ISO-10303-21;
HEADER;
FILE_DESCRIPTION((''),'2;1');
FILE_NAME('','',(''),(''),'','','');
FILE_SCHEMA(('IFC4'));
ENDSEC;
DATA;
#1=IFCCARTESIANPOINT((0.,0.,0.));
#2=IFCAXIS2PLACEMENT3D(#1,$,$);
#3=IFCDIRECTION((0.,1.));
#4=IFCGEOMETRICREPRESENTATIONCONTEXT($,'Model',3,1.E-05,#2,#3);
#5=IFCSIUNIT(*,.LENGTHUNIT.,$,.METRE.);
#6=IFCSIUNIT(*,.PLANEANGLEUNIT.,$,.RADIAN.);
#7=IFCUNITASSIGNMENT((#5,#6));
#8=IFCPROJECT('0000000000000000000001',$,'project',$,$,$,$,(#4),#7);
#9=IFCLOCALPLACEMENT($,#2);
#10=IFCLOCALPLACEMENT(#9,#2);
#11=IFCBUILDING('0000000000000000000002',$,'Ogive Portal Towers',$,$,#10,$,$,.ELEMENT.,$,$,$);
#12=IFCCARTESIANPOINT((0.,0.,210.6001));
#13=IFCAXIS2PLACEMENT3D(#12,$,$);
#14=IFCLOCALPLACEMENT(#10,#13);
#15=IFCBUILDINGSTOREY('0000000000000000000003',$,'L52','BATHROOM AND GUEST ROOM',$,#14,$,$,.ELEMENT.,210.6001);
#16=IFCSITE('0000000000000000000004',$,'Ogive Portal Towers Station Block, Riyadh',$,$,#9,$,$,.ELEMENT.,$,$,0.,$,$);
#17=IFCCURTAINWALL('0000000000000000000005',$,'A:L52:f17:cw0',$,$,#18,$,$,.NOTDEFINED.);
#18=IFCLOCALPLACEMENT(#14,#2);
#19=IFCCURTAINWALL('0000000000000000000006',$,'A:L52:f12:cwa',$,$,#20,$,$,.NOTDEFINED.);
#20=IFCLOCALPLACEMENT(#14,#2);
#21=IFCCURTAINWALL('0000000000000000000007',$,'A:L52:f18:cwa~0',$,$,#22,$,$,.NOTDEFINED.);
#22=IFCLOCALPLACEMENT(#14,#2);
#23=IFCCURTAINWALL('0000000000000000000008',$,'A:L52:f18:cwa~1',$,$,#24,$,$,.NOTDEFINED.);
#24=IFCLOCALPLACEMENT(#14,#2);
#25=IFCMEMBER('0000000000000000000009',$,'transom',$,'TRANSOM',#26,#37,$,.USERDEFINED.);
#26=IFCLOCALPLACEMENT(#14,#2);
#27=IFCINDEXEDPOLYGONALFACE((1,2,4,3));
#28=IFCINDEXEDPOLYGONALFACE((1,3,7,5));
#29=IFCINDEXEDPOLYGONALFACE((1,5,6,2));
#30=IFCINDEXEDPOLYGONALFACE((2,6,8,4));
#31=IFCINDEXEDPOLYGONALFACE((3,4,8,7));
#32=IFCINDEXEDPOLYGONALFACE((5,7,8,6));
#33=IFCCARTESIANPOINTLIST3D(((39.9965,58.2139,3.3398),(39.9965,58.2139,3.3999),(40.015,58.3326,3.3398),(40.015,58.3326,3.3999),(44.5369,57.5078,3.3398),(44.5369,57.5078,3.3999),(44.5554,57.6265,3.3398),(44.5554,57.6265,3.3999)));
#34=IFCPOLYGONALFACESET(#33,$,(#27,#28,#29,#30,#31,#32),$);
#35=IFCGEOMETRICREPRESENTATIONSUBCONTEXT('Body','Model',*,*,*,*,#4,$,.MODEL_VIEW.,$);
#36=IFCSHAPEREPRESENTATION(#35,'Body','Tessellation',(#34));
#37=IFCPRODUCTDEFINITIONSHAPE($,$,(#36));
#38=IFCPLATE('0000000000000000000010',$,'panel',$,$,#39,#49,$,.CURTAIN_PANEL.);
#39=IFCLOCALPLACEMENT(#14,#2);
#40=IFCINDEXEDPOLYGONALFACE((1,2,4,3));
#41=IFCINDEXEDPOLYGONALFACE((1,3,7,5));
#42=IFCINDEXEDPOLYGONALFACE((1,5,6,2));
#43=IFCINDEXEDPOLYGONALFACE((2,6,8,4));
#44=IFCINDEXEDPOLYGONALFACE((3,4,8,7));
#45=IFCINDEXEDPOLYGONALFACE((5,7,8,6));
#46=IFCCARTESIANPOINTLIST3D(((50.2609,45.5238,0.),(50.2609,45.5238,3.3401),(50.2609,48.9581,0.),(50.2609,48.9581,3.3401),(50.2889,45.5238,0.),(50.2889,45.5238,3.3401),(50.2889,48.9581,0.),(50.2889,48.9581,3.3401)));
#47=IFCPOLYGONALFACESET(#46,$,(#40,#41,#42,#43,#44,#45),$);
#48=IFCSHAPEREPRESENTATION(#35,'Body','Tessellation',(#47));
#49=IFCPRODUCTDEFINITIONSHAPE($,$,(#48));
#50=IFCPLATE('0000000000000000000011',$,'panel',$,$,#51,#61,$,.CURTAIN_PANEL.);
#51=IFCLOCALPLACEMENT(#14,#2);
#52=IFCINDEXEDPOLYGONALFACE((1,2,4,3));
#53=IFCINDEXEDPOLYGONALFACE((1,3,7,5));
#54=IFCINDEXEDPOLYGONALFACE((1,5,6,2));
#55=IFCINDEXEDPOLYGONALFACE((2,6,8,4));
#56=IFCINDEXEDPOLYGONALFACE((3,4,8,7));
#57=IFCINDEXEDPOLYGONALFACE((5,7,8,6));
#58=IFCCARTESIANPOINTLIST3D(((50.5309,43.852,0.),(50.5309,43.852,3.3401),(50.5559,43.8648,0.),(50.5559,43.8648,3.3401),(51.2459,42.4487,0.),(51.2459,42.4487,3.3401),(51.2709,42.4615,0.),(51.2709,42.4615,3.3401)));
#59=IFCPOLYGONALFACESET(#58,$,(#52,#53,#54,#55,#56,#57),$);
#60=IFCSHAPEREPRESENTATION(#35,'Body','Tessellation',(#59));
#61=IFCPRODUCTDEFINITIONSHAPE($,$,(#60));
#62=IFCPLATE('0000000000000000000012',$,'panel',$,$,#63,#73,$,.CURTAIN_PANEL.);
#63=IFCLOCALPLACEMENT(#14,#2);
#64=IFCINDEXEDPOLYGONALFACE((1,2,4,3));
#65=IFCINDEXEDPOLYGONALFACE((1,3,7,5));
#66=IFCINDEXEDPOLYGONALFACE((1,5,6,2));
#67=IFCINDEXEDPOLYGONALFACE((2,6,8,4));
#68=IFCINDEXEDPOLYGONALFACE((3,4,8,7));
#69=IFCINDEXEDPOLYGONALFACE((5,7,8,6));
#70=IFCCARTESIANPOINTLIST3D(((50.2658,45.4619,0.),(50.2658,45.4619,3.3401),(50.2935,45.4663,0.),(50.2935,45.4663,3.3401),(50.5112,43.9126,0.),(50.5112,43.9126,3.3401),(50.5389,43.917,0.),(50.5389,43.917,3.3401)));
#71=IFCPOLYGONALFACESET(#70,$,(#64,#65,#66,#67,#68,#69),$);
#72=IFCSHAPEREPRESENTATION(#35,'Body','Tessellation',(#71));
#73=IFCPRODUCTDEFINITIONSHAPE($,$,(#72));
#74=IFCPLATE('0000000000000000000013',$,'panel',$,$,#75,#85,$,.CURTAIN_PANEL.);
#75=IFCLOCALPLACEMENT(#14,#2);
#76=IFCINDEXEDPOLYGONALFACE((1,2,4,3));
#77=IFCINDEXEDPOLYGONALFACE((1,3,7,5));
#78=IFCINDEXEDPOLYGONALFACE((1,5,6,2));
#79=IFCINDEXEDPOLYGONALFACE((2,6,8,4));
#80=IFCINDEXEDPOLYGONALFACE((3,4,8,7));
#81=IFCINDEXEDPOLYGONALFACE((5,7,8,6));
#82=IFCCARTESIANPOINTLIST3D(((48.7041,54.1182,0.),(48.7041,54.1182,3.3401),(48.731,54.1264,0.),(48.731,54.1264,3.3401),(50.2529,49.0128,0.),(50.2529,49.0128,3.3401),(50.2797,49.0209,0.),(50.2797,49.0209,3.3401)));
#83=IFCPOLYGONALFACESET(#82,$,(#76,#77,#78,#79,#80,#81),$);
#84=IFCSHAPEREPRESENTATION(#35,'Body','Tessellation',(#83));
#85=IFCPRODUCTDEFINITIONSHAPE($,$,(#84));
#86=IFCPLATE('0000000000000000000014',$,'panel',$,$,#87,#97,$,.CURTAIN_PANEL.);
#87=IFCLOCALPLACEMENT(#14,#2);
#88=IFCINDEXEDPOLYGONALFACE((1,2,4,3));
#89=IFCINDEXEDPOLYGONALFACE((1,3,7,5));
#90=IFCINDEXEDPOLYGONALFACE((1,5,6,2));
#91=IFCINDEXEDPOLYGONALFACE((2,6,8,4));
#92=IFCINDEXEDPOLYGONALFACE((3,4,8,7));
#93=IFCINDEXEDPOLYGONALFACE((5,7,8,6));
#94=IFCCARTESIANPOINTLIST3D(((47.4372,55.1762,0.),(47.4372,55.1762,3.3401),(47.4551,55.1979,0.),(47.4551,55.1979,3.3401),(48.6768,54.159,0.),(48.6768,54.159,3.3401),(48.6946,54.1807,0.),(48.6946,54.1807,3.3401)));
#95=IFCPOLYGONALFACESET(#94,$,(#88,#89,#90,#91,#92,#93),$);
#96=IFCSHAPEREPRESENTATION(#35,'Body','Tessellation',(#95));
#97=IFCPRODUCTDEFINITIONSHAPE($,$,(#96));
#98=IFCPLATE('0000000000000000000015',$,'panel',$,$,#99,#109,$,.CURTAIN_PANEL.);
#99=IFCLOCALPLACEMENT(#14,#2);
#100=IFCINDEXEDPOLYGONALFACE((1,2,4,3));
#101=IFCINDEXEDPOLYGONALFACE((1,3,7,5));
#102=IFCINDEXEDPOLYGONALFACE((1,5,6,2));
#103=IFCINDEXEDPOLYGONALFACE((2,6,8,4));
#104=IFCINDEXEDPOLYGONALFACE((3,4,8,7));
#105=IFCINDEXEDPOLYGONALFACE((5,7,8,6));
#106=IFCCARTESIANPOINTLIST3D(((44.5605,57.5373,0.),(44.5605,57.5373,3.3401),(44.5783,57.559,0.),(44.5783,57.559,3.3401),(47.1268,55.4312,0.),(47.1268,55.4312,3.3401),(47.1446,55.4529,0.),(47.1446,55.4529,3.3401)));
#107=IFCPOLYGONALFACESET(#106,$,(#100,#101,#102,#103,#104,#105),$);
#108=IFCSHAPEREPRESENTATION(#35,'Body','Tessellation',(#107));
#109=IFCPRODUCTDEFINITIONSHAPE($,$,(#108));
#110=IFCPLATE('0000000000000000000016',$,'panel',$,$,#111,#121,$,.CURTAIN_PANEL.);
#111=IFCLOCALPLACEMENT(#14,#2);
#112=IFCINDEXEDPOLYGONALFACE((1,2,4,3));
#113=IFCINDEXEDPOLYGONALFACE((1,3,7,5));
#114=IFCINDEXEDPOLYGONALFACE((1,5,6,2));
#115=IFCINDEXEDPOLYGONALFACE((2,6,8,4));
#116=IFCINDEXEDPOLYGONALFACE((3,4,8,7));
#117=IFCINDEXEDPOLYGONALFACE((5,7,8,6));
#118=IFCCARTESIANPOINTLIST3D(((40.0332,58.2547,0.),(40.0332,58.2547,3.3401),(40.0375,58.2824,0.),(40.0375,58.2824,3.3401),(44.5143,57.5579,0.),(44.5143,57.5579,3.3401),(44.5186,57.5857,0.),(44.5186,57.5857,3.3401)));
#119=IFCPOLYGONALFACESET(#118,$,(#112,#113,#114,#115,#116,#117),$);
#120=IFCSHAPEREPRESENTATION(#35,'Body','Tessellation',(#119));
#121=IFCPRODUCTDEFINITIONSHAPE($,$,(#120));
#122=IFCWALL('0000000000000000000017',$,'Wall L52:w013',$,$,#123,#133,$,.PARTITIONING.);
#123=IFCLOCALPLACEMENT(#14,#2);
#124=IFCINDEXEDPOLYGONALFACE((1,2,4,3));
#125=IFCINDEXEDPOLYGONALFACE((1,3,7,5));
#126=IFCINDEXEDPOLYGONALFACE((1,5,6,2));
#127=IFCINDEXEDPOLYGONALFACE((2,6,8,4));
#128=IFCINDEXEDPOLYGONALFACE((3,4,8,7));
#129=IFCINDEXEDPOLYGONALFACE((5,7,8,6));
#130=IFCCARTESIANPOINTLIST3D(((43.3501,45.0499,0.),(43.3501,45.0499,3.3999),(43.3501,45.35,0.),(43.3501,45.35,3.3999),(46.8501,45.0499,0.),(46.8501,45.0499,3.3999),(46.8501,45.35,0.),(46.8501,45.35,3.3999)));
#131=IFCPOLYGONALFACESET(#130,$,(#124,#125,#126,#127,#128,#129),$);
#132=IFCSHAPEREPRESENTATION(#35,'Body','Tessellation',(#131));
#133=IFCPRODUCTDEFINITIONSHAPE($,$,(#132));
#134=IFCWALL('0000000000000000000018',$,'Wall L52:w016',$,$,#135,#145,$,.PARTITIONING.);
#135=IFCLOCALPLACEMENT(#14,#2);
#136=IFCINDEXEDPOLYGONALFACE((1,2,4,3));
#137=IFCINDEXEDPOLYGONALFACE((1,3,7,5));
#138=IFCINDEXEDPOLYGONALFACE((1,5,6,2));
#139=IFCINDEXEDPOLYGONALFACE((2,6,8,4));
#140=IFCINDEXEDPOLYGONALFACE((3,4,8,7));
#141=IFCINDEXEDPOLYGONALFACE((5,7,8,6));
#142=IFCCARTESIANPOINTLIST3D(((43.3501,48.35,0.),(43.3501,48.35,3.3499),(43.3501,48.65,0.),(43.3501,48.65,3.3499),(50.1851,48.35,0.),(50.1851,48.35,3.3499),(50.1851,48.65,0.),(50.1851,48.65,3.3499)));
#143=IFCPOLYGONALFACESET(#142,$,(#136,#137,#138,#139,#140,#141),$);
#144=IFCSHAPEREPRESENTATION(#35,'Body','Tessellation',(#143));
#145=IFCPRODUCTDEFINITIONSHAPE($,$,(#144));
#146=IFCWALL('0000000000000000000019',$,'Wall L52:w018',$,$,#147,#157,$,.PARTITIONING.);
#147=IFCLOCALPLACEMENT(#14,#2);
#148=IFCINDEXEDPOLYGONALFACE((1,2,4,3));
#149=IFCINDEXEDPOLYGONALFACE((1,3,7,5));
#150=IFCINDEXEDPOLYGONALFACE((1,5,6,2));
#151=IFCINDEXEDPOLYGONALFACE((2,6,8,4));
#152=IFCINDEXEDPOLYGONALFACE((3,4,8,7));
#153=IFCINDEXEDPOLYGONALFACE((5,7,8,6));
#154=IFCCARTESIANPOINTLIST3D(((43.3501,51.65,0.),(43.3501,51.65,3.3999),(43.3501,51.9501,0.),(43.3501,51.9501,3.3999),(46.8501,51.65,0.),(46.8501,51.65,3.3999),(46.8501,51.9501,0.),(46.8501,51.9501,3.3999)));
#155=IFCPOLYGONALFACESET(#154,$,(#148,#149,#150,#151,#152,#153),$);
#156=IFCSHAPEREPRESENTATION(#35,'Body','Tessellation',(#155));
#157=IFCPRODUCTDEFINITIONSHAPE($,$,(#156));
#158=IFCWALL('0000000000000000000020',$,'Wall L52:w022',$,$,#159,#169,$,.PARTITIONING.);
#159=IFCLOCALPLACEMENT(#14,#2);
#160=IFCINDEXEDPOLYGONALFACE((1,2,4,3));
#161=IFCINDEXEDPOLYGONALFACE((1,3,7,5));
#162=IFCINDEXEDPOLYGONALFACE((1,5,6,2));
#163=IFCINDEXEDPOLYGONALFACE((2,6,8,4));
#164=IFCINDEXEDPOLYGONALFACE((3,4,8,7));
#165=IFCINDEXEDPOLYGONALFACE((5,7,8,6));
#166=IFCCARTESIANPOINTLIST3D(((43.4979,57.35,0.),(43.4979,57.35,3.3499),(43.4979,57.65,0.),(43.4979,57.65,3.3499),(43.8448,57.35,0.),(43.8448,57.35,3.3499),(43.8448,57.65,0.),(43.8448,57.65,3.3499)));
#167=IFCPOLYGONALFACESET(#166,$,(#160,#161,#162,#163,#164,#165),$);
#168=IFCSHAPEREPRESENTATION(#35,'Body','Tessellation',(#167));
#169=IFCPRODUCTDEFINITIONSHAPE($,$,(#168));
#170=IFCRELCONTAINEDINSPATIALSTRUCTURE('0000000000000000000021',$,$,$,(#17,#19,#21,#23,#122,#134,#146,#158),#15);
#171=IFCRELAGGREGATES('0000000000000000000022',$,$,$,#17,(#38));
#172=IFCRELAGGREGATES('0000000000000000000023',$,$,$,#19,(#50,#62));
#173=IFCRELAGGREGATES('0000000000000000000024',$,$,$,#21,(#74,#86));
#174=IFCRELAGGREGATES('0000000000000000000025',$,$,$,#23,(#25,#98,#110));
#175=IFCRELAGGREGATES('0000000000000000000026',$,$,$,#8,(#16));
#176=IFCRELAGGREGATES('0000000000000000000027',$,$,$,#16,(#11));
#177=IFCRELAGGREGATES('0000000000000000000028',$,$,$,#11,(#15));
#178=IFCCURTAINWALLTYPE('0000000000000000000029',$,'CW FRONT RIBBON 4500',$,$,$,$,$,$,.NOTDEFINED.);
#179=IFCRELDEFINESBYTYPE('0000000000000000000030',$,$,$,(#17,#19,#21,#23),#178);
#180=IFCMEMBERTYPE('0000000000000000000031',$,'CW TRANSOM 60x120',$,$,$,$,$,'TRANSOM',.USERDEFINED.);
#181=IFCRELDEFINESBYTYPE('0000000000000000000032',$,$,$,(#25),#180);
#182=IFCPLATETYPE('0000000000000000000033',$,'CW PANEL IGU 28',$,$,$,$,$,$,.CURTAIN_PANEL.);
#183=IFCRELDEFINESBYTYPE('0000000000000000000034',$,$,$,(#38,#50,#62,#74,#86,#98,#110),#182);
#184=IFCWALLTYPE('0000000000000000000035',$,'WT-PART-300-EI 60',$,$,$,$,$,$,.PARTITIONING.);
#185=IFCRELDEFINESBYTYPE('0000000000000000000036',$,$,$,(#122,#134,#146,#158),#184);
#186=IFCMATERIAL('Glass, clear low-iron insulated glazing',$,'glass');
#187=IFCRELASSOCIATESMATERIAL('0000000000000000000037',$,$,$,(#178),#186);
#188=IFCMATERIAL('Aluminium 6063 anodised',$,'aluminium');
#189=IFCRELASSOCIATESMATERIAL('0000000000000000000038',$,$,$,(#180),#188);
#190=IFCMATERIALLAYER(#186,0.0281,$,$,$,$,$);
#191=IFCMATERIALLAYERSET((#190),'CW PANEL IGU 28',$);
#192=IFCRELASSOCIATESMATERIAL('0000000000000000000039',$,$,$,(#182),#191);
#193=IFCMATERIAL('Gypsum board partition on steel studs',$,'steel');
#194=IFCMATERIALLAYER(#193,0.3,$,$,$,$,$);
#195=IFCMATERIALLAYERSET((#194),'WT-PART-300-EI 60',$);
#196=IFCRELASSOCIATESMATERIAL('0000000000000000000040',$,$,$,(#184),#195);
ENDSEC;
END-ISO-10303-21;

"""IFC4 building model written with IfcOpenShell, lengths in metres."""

from ifc_helpers import new_model, si_unit, direction, frame, frame_2d, origin, origin_2d, place, context, subcontext, project, spatial, rectangle, extrude, material, layer, layer_set, material_profile, profile_set, type_object, element, aggregate, save


model = new_model("IFC4")

# Units and contexts
model_context = context("Model", 3, precision=1e-05, world=origin(), true_north=direction((0.0, 1.0)))
body_context = subcontext(model_context, "Body", "Model", "MODEL_VIEW")
ifc_project = project(units=[si_unit("LENGTHUNIT", "METRE"), si_unit("PLANEANGLEUNIT", "RADIAN")], contexts=[model_context])

# Site, building, storey
site_placement = place(None, origin())
site = spatial("IfcSite", under=ifc_project, at=site_placement, Name="Ogive Portal Towers Station Block, Riyadh", CompositionType="ELEMENT", RefElevation=0.0)
building_placement = place(site_placement, origin())
building = spatial("IfcBuilding", under=site, at=building_placement, Name="Ogive Portal Towers", CompositionType="ELEMENT")
storey_placement = place(building_placement, frame((0.0, 0.0, 210.6001)))
storey = spatial("IfcBuildingStorey", under=building, at=storey_placement, Name="L52", Description="BATHROOM AND GUEST ROOM", CompositionType="ELEMENT", Elevation=210.6001)

# Curtain wall
ifc_material_1 = material(Name="Glass, clear low-iron insulated glazing", Category="glass")
curtain_wall_type = type_object("IfcCurtainWallType", Name="CW FRONT RIBBON 4500", PredefinedType="NOTDEFINED", material=ifc_material_1)
curtain_wall_1_placement = place(storey_placement, origin())
curtain_wall_1 = element("IfcCurtainWall", 1, at=curtain_wall_1_placement, inside=storey, type_object=curtain_wall_type, Name="A:L52:f17:cw0", PredefinedType="NOTDEFINED")
ifc_material_2 = material(Name="Aluminium 6063 anodised", Category="aluminium")

# Curtain wall
curtain_wall_2_placement = place(storey_placement, origin())
curtain_wall_2 = element("IfcCurtainWall", 2, at=curtain_wall_2_placement, inside=storey, type_object=curtain_wall_type, Name="A:L52:f12:cwa", PredefinedType="NOTDEFINED")

# Curtain walls
curtain_wall_3_placement = place(storey_placement, origin())
curtain_wall_3 = element("IfcCurtainWall", 3, at=curtain_wall_3_placement, inside=storey, type_object=curtain_wall_type, Name="A:L52:f18:cwa~0", PredefinedType="NOTDEFINED")
curtain_wall_4_placement = place(storey_placement, origin())
curtain_wall_4 = element("IfcCurtainWall", 4, at=curtain_wall_4_placement, inside=storey, type_object=curtain_wall_type, Name="A:L52:f18:cwa~1", PredefinedType="NOTDEFINED")

# Member
ifc_material_profile_1 = material_profile(ifc_material_2, rectangle(XDim=0.1201, YDim=0.0601, at=origin_2d()), Name="AL 120x60")
ifc_profile_set_1 = profile_set([ifc_material_profile_1], Name="Aluminium 6063 anodised")
member_type_1 = type_object("IfcMemberType", Name="CW TRANSOM 60x120", ElementType="TRANSOM", PredefinedType="USERDEFINED", material=ifc_profile_set_1)
member_1_placement = place(storey_placement, frame((44.5461, 57.5671, 3.3699), z_axis=(-0.988123, 0.153662, 0.0), x_axis=(-0.153662, -0.988123, 0.0)))
member_1 = element("IfcMember", 5, at=member_1_placement, type_object=member_type_1, Name="transom", ObjectType="TRANSOM", PredefinedType="USERDEFINED", context=body_context, shape_type="SweptSolid", body=[
    extrude(rectangle(XDim=0.1201, YDim=0.0601, at=origin_2d()), origin(), (0.0, 0.0, 1.0), 4.595),
])

# Plates
ifc_layer_1 = layer(ifc_material_1, 0.0281)
ifc_layer_set_1 = layer_set([ifc_layer_1], Name="CW PANEL IGU 28")
plate_type = type_object("IfcPlateType", Name="CW PANEL IGU 28", PredefinedType="CURTAIN_PANEL", material=ifc_layer_set_1)
plate_1_placement = place(storey_placement, frame((50.2749, 47.241, 0.0), z_axis=(0.0, 0.0, 1.0), x_axis=(0.0, 1.0, 0.0)))
plate_1 = element("IfcPlate", 6, at=plate_1_placement, type_object=plate_type, Name="panel", PredefinedType="CURTAIN_PANEL", context=body_context, shape_type="SweptSolid", body=[
    extrude(rectangle(XDim=3.4343, YDim=0.0281, at=origin_2d()), origin(), (0.0, 0.0, 1.0), 3.3401),
])
aggregate(curtain_wall_1, [plate_1])
plate_2_placement = place(storey_placement, frame((50.9009, 43.1567, 0.0), z_axis=(0.0, 0.0, 1.0), x_axis=(-0.45399, 0.891007, 0.0)))
plate_2 = element("IfcPlate", 7, at=plate_2_placement, type_object=plate_type, Name="panel", PredefinedType="CURTAIN_PANEL", context=body_context, shape_type="SweptSolid", body=[
    extrude(rectangle(XDim=1.575, YDim=0.0281, at=origin_2d()), origin(), (0.0, 0.0, 1.0), 3.3401),
])
plate_3_placement = place(storey_placement, frame((50.4023, 44.6895, 0.0), z_axis=(0.0, 0.0, 1.0), x_axis=(-0.156434, 0.987688, 0.0)))
plate_3 = element("IfcPlate", 8, at=plate_3_placement, type_object=plate_type, Name="panel", PredefinedType="CURTAIN_PANEL", context=body_context, shape_type="SweptSolid", body=[
    extrude(rectangle(XDim=1.5686, YDim=0.0281, at=origin_2d()), origin(), (0.0, 0.0, 1.0), 3.3401),
])
aggregate(curtain_wall_2, [plate_2, plate_3])
plate_4_placement = place(storey_placement, frame((49.4919, 51.5696, 0.0), z_axis=(0.0, 0.0, 1.0), x_axis=(-0.290285, 0.95694, 0.0)))
plate_4 = element("IfcPlate", 9, at=plate_4_placement, type_object=plate_type, Name="panel", PredefinedType="CURTAIN_PANEL", context=body_context, shape_type="SweptSolid", body=[
    extrude(rectangle(XDim=5.3352, YDim=0.0281, at=origin_2d()), origin(), (0.0, 0.0, 1.0), 3.3401),
])
plate_5_placement = place(storey_placement, frame((48.0659, 54.6785, 0.0), z_axis=(0.0, 0.0, 1.0), x_axis=(-0.77301, 0.634393, 0.0)))
plate_5 = element("IfcPlate", 10, at=plate_5_placement, type_object=plate_type, Name="panel", PredefinedType="CURTAIN_PANEL", context=body_context, shape_type="SweptSolid", body=[
    extrude(rectangle(XDim=1.6035, YDim=0.0281, at=origin_2d()), origin(), (0.0, 0.0, 1.0), 3.3401),
])
aggregate(curtain_wall_3, [plate_4, plate_5])
plate_6_placement = place(storey_placement, frame((45.8525, 56.4951, 0.0), z_axis=(0.0, 0.0, 1.0), x_axis=(-0.77301, 0.634393, 0.0)))
plate_6 = element("IfcPlate", 11, at=plate_6_placement, type_object=plate_type, Name="panel", PredefinedType="CURTAIN_PANEL", context=body_context, shape_type="SweptSolid", body=[
    extrude(rectangle(XDim=3.3198, YDim=0.0281, at=origin_2d()), origin(), (0.0, 0.0, 1.0), 3.3401),
])
plate_7_placement = place(storey_placement, frame((42.2759, 57.9202, 0.0), z_axis=(0.0, 0.0, 1.0), x_axis=(-0.988128, 0.153636, 0.0)))
plate_7 = element("IfcPlate", 12, at=plate_7_placement, type_object=plate_type, Name="panel", PredefinedType="CURTAIN_PANEL", context=body_context, shape_type="SweptSolid", body=[
    extrude(rectangle(XDim=4.5349, YDim=0.0281, at=origin_2d()), origin(), (0.0, 0.0, 1.0), 3.3401),
])
aggregate(curtain_wall_4, [member_1, plate_6, plate_7])

# Walls
ifc_material_3 = material(Name="Gypsum board partition on steel studs", Category="steel")
ifc_layer_2 = layer(ifc_material_3, 0.3)
ifc_layer_set_2 = layer_set([ifc_layer_2], Name="WT-PART-300-EI 60")
wall_type = type_object("IfcWallType", Name="WT-PART-300-EI 60", PredefinedType="PARTITIONING", material=ifc_layer_set_2)
wall_1_placement = place(storey_placement, frame((43.3501, 45.2, 0.0), z_axis=(0.0, 0.0, 1.0), x_axis=(1.0, 0.0, 0.0)))
element("IfcWall", 13, at=wall_1_placement, inside=storey, type_object=wall_type, Name="Wall L52:w013", PredefinedType="PARTITIONING", context=body_context, shape_type="SweptSolid", body=[
    extrude(rectangle(XDim=3.5, YDim=0.3, at=frame_2d((1.75, 0.0))), origin(), (0.0, 0.0, 1.0), 3.3999),
])
wall_2_placement = place(storey_placement, frame((43.3501, 48.5, 0.0), z_axis=(0.0, 0.0, 1.0), x_axis=(1.0, 0.0, 0.0)))
element("IfcWall", 14, at=wall_2_placement, inside=storey, type_object=wall_type, Name="Wall L52:w016", PredefinedType="PARTITIONING", context=body_context, shape_type="SweptSolid", body=[
    extrude(rectangle(XDim=6.835, YDim=0.3, at=frame_2d((3.4175, 0.0))), origin(), (0.0, 0.0, 1.0), 3.3499),
])
wall_3_placement = place(storey_placement, frame((43.3501, 51.8, 0.0), z_axis=(0.0, 0.0, 1.0), x_axis=(1.0, 0.0, 0.0)))
element("IfcWall", 15, at=wall_3_placement, inside=storey, type_object=wall_type, Name="Wall L52:w018", PredefinedType="PARTITIONING", context=body_context, shape_type="SweptSolid", body=[
    extrude(rectangle(XDim=3.5, YDim=0.3, at=frame_2d((1.75, 0.0))), origin(), (0.0, 0.0, 1.0), 3.3999),
])
wall_4_placement = place(storey_placement, frame((43.498, 57.5, 0.0), z_axis=(0.0, 0.0, 1.0), x_axis=(1.0, 0.0, 0.0)))
element("IfcWall", 16, at=wall_4_placement, inside=storey, type_object=wall_type, Name="Wall L52:w022", PredefinedType="PARTITIONING", context=body_context, shape_type="SweptSolid", body=[
    extrude(rectangle(XDim=0.3469, YDim=0.3, at=frame_2d((0.1733, 0.0))), origin(), (0.0, 0.0, 1.0), 3.3499),
])

save(model, "model.ifc")
